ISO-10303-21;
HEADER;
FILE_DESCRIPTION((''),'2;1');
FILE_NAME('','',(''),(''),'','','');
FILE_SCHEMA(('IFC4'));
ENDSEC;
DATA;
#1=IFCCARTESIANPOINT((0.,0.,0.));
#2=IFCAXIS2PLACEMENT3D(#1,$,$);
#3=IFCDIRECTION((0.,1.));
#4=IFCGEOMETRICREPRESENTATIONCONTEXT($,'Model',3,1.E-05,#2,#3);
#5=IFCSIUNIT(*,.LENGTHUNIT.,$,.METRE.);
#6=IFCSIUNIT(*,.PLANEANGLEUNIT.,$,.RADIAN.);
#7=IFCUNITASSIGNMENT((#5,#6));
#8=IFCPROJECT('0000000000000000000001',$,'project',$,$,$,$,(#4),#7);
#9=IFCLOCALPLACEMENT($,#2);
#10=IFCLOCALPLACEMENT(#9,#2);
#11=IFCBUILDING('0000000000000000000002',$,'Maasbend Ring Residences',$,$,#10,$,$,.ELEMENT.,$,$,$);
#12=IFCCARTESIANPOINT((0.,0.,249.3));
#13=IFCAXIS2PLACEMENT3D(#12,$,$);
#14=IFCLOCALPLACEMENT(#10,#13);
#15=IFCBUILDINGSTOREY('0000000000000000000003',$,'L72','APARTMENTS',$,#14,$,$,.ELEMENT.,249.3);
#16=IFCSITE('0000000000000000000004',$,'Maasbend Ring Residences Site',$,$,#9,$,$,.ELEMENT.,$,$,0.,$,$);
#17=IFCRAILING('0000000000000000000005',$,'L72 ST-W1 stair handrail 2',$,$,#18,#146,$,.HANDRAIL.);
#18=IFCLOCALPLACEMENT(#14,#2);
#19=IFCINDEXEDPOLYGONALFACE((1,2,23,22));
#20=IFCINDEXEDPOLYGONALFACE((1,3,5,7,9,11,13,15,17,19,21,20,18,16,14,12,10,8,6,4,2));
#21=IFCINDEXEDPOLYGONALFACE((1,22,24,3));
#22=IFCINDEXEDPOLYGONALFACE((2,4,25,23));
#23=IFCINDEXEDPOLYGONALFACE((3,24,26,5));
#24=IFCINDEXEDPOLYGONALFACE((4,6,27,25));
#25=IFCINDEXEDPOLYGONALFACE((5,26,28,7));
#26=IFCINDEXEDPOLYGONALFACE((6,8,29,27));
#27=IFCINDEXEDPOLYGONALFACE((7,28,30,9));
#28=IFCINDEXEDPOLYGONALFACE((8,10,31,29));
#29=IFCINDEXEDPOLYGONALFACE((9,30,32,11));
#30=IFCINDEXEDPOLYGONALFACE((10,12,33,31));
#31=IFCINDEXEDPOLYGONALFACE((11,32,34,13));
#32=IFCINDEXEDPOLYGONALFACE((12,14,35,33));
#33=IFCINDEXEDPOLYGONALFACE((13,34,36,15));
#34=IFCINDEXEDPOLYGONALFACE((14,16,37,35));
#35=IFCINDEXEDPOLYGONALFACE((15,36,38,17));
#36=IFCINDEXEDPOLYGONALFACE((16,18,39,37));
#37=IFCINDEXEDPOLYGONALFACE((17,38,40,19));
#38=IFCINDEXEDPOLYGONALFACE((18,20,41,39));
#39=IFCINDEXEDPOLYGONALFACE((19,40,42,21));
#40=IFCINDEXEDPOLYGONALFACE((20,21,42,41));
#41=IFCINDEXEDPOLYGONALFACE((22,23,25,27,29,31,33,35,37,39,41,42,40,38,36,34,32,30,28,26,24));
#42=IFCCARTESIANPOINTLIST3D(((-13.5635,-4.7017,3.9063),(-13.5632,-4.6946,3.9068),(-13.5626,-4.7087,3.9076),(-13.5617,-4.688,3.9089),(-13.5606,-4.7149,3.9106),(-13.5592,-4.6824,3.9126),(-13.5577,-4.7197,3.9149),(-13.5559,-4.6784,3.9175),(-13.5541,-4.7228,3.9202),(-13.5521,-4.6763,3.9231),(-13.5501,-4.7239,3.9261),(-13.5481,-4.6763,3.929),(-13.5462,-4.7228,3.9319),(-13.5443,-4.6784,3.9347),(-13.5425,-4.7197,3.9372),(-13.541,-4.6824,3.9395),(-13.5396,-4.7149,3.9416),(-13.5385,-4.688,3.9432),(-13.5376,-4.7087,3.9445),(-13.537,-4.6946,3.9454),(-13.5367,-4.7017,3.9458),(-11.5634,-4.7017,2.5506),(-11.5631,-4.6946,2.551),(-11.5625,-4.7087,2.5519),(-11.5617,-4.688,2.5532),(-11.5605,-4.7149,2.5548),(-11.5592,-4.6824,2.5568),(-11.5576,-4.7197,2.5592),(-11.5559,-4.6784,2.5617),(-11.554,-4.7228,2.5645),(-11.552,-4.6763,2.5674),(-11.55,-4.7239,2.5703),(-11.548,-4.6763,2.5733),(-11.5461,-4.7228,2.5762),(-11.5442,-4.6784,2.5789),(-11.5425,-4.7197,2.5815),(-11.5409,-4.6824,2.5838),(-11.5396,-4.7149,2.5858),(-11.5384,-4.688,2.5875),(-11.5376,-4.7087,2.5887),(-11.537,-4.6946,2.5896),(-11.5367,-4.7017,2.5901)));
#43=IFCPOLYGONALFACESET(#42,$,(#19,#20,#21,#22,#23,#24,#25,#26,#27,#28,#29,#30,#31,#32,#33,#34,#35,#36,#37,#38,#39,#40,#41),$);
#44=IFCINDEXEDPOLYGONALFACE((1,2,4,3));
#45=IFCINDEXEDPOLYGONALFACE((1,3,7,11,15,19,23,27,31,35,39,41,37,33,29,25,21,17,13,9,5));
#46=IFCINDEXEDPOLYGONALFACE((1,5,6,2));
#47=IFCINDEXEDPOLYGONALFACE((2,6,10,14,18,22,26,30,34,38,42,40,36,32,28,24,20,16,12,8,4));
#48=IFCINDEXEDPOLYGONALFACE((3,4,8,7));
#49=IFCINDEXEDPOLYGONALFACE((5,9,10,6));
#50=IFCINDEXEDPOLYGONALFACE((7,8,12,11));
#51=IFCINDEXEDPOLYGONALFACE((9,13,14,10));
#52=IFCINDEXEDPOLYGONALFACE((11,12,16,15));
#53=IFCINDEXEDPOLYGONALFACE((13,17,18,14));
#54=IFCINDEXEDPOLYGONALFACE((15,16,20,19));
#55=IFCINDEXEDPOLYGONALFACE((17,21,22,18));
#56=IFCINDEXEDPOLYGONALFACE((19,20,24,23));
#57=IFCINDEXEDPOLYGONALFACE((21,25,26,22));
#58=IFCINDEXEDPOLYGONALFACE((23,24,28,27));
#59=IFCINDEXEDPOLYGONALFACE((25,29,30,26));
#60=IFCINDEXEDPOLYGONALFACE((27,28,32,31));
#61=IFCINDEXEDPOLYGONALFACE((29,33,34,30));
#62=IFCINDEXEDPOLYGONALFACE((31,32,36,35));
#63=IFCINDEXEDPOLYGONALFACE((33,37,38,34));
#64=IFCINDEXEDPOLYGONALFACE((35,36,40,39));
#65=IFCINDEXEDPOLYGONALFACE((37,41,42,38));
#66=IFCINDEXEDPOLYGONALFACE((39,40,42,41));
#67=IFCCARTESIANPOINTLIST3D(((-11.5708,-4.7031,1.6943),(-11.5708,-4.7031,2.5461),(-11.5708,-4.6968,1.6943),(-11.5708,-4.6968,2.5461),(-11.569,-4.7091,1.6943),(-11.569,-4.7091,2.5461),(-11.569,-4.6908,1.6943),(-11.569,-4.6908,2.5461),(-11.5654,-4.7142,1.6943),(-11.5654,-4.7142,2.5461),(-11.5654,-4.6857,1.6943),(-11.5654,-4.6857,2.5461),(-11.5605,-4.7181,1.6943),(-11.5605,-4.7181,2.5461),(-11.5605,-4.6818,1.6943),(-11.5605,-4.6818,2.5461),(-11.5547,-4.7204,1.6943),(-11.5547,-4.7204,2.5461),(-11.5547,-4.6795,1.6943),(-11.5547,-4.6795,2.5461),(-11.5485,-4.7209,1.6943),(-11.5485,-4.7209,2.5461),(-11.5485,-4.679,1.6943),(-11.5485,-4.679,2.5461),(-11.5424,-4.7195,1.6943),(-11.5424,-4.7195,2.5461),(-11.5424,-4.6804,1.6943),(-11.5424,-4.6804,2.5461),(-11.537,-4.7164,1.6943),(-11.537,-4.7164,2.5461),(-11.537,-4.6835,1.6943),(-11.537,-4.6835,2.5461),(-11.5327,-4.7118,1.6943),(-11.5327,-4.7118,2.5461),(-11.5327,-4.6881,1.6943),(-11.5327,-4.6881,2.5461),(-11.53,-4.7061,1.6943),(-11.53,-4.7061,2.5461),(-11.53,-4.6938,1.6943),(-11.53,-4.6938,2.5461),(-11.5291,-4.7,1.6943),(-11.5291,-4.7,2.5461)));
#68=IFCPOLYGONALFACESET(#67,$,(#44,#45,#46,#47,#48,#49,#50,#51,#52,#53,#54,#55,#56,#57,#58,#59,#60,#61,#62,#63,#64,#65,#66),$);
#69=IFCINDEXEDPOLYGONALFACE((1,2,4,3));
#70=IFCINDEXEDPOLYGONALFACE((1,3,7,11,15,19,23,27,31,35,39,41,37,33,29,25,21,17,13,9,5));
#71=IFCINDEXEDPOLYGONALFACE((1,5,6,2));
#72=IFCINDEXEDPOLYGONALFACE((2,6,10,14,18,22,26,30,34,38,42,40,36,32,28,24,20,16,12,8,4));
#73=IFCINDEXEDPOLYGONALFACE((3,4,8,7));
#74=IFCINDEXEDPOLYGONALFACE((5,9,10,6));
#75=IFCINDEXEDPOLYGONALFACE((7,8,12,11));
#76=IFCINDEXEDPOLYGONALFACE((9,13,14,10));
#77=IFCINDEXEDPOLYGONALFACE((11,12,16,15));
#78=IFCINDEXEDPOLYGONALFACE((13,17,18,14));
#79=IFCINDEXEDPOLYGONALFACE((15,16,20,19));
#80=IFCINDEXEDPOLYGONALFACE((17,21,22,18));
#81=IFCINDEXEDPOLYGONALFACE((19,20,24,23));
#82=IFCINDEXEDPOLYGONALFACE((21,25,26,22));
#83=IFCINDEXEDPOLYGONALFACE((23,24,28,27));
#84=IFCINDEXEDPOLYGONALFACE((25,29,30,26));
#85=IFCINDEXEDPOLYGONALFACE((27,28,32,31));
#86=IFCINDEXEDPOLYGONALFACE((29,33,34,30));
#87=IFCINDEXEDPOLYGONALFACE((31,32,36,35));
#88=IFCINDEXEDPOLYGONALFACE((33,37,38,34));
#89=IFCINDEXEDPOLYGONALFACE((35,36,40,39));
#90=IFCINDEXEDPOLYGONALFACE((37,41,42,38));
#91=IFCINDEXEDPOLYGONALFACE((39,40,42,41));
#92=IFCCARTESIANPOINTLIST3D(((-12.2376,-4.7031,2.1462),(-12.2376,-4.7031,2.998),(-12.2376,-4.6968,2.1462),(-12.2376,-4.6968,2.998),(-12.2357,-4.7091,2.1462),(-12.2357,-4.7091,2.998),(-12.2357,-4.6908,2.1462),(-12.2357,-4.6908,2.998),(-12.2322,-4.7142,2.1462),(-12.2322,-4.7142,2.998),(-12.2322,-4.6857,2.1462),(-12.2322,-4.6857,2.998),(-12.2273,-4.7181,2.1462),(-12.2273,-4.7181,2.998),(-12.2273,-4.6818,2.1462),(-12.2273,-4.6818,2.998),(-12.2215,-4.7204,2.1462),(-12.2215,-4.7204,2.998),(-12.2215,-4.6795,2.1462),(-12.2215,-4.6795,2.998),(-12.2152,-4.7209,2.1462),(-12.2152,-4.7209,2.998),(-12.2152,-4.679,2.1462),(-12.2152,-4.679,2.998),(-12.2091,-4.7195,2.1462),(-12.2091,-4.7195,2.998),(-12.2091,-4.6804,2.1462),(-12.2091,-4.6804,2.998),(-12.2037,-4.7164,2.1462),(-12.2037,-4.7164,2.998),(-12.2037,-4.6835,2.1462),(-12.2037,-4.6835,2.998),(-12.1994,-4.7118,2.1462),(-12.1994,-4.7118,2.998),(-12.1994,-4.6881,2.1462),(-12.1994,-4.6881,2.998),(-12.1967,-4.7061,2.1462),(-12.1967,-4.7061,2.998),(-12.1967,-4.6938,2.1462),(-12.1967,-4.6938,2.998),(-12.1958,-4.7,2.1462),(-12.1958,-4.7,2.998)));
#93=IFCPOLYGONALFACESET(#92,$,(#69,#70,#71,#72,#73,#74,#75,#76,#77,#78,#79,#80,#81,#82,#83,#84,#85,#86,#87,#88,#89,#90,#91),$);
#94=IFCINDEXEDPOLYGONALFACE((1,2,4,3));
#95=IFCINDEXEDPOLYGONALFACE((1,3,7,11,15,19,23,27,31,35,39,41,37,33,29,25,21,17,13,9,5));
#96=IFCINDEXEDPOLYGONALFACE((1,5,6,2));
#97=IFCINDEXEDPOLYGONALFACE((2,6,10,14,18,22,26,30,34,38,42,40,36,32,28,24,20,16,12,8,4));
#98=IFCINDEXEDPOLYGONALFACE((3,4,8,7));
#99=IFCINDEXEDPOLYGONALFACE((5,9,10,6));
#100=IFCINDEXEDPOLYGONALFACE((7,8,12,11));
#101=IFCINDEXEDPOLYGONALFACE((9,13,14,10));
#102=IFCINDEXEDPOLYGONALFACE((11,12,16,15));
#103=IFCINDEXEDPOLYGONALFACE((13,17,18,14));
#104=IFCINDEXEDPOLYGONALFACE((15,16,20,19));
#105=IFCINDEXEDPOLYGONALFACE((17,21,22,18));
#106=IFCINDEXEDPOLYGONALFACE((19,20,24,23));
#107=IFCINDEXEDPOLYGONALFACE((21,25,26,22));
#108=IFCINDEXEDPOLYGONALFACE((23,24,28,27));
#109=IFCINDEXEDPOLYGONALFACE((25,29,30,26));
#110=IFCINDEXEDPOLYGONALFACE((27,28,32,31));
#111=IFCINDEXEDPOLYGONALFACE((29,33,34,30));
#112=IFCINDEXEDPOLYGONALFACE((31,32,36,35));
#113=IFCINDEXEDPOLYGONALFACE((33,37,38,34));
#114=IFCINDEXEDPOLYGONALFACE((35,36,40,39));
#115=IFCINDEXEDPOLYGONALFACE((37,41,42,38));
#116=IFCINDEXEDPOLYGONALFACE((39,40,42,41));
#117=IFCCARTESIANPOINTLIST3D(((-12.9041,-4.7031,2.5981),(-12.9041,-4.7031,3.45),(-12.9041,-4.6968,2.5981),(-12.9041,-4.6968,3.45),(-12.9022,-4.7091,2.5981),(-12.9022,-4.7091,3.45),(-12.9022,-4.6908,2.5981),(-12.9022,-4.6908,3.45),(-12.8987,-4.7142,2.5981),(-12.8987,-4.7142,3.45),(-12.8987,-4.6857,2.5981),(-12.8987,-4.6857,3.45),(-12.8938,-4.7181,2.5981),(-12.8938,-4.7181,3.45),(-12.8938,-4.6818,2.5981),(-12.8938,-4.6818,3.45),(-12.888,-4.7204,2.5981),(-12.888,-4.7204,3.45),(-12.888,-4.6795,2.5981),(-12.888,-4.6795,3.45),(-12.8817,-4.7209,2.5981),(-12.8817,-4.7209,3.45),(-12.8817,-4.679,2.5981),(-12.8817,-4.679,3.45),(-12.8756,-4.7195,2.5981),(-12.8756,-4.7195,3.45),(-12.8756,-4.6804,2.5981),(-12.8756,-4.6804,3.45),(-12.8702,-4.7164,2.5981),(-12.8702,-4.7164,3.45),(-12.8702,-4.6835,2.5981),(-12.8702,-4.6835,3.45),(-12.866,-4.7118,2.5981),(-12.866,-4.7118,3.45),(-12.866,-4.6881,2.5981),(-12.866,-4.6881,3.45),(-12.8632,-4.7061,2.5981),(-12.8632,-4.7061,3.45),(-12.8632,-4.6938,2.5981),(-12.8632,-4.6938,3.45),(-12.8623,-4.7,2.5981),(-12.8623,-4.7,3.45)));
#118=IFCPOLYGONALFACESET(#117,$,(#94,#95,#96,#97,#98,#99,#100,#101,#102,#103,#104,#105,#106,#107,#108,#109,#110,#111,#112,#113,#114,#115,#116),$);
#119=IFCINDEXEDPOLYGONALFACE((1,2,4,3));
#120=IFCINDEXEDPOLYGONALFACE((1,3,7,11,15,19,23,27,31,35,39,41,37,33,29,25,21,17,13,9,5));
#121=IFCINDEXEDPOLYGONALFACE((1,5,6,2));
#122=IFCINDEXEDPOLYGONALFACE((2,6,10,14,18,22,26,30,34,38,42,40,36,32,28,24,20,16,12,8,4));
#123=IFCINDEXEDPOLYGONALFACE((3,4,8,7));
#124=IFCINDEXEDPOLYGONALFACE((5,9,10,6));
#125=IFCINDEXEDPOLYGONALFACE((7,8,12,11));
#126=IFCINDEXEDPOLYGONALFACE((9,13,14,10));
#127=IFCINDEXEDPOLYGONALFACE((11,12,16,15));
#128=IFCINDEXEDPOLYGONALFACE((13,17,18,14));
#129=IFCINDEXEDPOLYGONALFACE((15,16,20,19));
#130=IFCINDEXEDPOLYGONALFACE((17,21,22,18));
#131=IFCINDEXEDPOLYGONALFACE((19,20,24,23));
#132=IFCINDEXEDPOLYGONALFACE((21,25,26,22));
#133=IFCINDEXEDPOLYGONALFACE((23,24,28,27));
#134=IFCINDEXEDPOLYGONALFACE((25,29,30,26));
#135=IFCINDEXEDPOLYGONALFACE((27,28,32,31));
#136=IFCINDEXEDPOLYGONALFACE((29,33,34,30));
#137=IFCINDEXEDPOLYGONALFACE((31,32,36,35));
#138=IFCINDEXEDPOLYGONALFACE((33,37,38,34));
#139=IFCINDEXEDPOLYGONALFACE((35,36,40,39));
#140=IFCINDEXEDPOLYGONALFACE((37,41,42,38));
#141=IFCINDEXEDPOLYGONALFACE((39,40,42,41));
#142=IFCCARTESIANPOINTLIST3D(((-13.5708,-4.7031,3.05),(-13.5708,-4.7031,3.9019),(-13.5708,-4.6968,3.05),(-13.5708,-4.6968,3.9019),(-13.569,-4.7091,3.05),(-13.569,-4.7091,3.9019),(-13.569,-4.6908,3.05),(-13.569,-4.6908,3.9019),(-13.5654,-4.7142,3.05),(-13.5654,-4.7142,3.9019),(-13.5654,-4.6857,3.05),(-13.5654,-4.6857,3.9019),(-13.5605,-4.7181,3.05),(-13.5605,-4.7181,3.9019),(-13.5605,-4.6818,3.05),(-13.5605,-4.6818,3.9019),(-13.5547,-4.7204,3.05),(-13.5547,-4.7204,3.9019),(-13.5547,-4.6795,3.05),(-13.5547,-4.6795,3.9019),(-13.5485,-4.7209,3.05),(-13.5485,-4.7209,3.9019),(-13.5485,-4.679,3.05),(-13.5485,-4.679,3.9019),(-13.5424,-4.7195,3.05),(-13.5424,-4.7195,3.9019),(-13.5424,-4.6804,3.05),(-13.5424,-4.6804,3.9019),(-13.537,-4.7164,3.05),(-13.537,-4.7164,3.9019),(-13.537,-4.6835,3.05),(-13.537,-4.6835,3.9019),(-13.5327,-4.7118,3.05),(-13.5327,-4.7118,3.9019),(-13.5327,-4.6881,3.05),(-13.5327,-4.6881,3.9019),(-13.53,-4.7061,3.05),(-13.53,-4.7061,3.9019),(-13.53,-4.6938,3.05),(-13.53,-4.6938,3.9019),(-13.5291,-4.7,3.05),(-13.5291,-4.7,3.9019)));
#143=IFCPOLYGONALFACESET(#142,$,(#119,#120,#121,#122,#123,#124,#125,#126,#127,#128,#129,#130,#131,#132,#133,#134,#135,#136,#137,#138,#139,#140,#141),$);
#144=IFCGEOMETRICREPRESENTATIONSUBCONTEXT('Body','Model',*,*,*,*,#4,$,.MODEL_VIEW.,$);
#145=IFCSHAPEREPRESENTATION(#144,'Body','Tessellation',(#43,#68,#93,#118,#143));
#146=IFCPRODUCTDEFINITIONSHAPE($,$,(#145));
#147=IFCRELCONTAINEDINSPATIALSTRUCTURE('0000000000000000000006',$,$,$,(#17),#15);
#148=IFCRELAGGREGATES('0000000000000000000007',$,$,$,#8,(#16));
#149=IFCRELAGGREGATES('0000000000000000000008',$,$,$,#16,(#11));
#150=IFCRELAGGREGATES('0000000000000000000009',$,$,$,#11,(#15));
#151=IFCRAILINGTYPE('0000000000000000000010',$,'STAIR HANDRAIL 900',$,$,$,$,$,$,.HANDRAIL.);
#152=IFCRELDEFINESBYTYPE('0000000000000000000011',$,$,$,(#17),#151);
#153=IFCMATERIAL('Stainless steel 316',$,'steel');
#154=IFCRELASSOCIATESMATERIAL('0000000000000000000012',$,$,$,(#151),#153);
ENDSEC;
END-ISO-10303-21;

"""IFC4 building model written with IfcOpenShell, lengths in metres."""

from ifc_helpers import new_model, si_unit, direction, frame, origin, origin_2d, place, context, subcontext, project, spatial, circle, extrude, material, type_object, element, save


model = new_model("IFC4")

# Units and contexts
model_context = context("Model", 3, precision=1e-05, world=origin(), true_north=direction((0.0, 1.0)))
body_context = subcontext(model_context, "Body", "Model", "MODEL_VIEW")
ifc_project = project(units=[si_unit("LENGTHUNIT", "METRE"), si_unit("PLANEANGLEUNIT", "RADIAN")], contexts=[model_context])

# Site, building, storey
site_placement = place(None, origin())
site = spatial("IfcSite", under=ifc_project, at=site_placement, Name="Maasbend Ring Residences Site", CompositionType="ELEMENT", RefElevation=0.0)
building_placement = place(site_placement, origin())
building = spatial("IfcBuilding", under=site, at=building_placement, Name="Maasbend Ring Residences", CompositionType="ELEMENT")
storey_placement = place(building_placement, frame((0.0, 0.0, 249.3)))
storey = spatial("IfcBuildingStorey", under=building, at=storey_placement, Name="L72", Description="APARTMENTS", CompositionType="ELEMENT", Elevation=249.3)

# Railing
ifc_material_1 = material(Name="Stainless steel 316", Category="steel")
railing_type_1 = type_object("IfcRailingType", Name="STAIR HANDRAIL 900", PredefinedType="HANDRAIL", material=ifc_material_1)
railing_1_placement = place(storey_placement, frame((-11.55, -4.7, 1.6943)))
element("IfcRailing", 1, at=railing_1_placement, inside=storey, type_object=railing_type_1, Name="L72 ST-W1 stair handrail 2", PredefinedType="HANDRAIL", context=body_context, shape_type="SweptSolid", body=[
    extrude(circle(Radius=0.0239, at=origin_2d()), frame((0.0, 0.0, 0.876), z_axis=(-0.827751, 0.0, 0.561096), x_axis=(0.0, -1.0, 0.0)), (0.0, 0.0, 1.0), 2.4163),
    extrude(circle(Radius=0.021, at=origin_2d()), origin(), (0.0, 0.0, 1.0), 0.8518),
    extrude(circle(Radius=0.021, at=origin_2d()), frame((-0.6667, 0.0, 0.4519)), (0.0, 0.0, 1.0), 0.8518),
    extrude(circle(Radius=0.021, at=origin_2d()), frame((-1.3333, 0.0, 0.9038)), (0.0, 0.0, 1.0), 0.8518),
    extrude(circle(Radius=0.021, at=origin_2d()), frame((-2.0, 0.0, 1.3557)), (0.0, 0.0, 1.0), 0.8518),
])

save(model, "model.ifc")
